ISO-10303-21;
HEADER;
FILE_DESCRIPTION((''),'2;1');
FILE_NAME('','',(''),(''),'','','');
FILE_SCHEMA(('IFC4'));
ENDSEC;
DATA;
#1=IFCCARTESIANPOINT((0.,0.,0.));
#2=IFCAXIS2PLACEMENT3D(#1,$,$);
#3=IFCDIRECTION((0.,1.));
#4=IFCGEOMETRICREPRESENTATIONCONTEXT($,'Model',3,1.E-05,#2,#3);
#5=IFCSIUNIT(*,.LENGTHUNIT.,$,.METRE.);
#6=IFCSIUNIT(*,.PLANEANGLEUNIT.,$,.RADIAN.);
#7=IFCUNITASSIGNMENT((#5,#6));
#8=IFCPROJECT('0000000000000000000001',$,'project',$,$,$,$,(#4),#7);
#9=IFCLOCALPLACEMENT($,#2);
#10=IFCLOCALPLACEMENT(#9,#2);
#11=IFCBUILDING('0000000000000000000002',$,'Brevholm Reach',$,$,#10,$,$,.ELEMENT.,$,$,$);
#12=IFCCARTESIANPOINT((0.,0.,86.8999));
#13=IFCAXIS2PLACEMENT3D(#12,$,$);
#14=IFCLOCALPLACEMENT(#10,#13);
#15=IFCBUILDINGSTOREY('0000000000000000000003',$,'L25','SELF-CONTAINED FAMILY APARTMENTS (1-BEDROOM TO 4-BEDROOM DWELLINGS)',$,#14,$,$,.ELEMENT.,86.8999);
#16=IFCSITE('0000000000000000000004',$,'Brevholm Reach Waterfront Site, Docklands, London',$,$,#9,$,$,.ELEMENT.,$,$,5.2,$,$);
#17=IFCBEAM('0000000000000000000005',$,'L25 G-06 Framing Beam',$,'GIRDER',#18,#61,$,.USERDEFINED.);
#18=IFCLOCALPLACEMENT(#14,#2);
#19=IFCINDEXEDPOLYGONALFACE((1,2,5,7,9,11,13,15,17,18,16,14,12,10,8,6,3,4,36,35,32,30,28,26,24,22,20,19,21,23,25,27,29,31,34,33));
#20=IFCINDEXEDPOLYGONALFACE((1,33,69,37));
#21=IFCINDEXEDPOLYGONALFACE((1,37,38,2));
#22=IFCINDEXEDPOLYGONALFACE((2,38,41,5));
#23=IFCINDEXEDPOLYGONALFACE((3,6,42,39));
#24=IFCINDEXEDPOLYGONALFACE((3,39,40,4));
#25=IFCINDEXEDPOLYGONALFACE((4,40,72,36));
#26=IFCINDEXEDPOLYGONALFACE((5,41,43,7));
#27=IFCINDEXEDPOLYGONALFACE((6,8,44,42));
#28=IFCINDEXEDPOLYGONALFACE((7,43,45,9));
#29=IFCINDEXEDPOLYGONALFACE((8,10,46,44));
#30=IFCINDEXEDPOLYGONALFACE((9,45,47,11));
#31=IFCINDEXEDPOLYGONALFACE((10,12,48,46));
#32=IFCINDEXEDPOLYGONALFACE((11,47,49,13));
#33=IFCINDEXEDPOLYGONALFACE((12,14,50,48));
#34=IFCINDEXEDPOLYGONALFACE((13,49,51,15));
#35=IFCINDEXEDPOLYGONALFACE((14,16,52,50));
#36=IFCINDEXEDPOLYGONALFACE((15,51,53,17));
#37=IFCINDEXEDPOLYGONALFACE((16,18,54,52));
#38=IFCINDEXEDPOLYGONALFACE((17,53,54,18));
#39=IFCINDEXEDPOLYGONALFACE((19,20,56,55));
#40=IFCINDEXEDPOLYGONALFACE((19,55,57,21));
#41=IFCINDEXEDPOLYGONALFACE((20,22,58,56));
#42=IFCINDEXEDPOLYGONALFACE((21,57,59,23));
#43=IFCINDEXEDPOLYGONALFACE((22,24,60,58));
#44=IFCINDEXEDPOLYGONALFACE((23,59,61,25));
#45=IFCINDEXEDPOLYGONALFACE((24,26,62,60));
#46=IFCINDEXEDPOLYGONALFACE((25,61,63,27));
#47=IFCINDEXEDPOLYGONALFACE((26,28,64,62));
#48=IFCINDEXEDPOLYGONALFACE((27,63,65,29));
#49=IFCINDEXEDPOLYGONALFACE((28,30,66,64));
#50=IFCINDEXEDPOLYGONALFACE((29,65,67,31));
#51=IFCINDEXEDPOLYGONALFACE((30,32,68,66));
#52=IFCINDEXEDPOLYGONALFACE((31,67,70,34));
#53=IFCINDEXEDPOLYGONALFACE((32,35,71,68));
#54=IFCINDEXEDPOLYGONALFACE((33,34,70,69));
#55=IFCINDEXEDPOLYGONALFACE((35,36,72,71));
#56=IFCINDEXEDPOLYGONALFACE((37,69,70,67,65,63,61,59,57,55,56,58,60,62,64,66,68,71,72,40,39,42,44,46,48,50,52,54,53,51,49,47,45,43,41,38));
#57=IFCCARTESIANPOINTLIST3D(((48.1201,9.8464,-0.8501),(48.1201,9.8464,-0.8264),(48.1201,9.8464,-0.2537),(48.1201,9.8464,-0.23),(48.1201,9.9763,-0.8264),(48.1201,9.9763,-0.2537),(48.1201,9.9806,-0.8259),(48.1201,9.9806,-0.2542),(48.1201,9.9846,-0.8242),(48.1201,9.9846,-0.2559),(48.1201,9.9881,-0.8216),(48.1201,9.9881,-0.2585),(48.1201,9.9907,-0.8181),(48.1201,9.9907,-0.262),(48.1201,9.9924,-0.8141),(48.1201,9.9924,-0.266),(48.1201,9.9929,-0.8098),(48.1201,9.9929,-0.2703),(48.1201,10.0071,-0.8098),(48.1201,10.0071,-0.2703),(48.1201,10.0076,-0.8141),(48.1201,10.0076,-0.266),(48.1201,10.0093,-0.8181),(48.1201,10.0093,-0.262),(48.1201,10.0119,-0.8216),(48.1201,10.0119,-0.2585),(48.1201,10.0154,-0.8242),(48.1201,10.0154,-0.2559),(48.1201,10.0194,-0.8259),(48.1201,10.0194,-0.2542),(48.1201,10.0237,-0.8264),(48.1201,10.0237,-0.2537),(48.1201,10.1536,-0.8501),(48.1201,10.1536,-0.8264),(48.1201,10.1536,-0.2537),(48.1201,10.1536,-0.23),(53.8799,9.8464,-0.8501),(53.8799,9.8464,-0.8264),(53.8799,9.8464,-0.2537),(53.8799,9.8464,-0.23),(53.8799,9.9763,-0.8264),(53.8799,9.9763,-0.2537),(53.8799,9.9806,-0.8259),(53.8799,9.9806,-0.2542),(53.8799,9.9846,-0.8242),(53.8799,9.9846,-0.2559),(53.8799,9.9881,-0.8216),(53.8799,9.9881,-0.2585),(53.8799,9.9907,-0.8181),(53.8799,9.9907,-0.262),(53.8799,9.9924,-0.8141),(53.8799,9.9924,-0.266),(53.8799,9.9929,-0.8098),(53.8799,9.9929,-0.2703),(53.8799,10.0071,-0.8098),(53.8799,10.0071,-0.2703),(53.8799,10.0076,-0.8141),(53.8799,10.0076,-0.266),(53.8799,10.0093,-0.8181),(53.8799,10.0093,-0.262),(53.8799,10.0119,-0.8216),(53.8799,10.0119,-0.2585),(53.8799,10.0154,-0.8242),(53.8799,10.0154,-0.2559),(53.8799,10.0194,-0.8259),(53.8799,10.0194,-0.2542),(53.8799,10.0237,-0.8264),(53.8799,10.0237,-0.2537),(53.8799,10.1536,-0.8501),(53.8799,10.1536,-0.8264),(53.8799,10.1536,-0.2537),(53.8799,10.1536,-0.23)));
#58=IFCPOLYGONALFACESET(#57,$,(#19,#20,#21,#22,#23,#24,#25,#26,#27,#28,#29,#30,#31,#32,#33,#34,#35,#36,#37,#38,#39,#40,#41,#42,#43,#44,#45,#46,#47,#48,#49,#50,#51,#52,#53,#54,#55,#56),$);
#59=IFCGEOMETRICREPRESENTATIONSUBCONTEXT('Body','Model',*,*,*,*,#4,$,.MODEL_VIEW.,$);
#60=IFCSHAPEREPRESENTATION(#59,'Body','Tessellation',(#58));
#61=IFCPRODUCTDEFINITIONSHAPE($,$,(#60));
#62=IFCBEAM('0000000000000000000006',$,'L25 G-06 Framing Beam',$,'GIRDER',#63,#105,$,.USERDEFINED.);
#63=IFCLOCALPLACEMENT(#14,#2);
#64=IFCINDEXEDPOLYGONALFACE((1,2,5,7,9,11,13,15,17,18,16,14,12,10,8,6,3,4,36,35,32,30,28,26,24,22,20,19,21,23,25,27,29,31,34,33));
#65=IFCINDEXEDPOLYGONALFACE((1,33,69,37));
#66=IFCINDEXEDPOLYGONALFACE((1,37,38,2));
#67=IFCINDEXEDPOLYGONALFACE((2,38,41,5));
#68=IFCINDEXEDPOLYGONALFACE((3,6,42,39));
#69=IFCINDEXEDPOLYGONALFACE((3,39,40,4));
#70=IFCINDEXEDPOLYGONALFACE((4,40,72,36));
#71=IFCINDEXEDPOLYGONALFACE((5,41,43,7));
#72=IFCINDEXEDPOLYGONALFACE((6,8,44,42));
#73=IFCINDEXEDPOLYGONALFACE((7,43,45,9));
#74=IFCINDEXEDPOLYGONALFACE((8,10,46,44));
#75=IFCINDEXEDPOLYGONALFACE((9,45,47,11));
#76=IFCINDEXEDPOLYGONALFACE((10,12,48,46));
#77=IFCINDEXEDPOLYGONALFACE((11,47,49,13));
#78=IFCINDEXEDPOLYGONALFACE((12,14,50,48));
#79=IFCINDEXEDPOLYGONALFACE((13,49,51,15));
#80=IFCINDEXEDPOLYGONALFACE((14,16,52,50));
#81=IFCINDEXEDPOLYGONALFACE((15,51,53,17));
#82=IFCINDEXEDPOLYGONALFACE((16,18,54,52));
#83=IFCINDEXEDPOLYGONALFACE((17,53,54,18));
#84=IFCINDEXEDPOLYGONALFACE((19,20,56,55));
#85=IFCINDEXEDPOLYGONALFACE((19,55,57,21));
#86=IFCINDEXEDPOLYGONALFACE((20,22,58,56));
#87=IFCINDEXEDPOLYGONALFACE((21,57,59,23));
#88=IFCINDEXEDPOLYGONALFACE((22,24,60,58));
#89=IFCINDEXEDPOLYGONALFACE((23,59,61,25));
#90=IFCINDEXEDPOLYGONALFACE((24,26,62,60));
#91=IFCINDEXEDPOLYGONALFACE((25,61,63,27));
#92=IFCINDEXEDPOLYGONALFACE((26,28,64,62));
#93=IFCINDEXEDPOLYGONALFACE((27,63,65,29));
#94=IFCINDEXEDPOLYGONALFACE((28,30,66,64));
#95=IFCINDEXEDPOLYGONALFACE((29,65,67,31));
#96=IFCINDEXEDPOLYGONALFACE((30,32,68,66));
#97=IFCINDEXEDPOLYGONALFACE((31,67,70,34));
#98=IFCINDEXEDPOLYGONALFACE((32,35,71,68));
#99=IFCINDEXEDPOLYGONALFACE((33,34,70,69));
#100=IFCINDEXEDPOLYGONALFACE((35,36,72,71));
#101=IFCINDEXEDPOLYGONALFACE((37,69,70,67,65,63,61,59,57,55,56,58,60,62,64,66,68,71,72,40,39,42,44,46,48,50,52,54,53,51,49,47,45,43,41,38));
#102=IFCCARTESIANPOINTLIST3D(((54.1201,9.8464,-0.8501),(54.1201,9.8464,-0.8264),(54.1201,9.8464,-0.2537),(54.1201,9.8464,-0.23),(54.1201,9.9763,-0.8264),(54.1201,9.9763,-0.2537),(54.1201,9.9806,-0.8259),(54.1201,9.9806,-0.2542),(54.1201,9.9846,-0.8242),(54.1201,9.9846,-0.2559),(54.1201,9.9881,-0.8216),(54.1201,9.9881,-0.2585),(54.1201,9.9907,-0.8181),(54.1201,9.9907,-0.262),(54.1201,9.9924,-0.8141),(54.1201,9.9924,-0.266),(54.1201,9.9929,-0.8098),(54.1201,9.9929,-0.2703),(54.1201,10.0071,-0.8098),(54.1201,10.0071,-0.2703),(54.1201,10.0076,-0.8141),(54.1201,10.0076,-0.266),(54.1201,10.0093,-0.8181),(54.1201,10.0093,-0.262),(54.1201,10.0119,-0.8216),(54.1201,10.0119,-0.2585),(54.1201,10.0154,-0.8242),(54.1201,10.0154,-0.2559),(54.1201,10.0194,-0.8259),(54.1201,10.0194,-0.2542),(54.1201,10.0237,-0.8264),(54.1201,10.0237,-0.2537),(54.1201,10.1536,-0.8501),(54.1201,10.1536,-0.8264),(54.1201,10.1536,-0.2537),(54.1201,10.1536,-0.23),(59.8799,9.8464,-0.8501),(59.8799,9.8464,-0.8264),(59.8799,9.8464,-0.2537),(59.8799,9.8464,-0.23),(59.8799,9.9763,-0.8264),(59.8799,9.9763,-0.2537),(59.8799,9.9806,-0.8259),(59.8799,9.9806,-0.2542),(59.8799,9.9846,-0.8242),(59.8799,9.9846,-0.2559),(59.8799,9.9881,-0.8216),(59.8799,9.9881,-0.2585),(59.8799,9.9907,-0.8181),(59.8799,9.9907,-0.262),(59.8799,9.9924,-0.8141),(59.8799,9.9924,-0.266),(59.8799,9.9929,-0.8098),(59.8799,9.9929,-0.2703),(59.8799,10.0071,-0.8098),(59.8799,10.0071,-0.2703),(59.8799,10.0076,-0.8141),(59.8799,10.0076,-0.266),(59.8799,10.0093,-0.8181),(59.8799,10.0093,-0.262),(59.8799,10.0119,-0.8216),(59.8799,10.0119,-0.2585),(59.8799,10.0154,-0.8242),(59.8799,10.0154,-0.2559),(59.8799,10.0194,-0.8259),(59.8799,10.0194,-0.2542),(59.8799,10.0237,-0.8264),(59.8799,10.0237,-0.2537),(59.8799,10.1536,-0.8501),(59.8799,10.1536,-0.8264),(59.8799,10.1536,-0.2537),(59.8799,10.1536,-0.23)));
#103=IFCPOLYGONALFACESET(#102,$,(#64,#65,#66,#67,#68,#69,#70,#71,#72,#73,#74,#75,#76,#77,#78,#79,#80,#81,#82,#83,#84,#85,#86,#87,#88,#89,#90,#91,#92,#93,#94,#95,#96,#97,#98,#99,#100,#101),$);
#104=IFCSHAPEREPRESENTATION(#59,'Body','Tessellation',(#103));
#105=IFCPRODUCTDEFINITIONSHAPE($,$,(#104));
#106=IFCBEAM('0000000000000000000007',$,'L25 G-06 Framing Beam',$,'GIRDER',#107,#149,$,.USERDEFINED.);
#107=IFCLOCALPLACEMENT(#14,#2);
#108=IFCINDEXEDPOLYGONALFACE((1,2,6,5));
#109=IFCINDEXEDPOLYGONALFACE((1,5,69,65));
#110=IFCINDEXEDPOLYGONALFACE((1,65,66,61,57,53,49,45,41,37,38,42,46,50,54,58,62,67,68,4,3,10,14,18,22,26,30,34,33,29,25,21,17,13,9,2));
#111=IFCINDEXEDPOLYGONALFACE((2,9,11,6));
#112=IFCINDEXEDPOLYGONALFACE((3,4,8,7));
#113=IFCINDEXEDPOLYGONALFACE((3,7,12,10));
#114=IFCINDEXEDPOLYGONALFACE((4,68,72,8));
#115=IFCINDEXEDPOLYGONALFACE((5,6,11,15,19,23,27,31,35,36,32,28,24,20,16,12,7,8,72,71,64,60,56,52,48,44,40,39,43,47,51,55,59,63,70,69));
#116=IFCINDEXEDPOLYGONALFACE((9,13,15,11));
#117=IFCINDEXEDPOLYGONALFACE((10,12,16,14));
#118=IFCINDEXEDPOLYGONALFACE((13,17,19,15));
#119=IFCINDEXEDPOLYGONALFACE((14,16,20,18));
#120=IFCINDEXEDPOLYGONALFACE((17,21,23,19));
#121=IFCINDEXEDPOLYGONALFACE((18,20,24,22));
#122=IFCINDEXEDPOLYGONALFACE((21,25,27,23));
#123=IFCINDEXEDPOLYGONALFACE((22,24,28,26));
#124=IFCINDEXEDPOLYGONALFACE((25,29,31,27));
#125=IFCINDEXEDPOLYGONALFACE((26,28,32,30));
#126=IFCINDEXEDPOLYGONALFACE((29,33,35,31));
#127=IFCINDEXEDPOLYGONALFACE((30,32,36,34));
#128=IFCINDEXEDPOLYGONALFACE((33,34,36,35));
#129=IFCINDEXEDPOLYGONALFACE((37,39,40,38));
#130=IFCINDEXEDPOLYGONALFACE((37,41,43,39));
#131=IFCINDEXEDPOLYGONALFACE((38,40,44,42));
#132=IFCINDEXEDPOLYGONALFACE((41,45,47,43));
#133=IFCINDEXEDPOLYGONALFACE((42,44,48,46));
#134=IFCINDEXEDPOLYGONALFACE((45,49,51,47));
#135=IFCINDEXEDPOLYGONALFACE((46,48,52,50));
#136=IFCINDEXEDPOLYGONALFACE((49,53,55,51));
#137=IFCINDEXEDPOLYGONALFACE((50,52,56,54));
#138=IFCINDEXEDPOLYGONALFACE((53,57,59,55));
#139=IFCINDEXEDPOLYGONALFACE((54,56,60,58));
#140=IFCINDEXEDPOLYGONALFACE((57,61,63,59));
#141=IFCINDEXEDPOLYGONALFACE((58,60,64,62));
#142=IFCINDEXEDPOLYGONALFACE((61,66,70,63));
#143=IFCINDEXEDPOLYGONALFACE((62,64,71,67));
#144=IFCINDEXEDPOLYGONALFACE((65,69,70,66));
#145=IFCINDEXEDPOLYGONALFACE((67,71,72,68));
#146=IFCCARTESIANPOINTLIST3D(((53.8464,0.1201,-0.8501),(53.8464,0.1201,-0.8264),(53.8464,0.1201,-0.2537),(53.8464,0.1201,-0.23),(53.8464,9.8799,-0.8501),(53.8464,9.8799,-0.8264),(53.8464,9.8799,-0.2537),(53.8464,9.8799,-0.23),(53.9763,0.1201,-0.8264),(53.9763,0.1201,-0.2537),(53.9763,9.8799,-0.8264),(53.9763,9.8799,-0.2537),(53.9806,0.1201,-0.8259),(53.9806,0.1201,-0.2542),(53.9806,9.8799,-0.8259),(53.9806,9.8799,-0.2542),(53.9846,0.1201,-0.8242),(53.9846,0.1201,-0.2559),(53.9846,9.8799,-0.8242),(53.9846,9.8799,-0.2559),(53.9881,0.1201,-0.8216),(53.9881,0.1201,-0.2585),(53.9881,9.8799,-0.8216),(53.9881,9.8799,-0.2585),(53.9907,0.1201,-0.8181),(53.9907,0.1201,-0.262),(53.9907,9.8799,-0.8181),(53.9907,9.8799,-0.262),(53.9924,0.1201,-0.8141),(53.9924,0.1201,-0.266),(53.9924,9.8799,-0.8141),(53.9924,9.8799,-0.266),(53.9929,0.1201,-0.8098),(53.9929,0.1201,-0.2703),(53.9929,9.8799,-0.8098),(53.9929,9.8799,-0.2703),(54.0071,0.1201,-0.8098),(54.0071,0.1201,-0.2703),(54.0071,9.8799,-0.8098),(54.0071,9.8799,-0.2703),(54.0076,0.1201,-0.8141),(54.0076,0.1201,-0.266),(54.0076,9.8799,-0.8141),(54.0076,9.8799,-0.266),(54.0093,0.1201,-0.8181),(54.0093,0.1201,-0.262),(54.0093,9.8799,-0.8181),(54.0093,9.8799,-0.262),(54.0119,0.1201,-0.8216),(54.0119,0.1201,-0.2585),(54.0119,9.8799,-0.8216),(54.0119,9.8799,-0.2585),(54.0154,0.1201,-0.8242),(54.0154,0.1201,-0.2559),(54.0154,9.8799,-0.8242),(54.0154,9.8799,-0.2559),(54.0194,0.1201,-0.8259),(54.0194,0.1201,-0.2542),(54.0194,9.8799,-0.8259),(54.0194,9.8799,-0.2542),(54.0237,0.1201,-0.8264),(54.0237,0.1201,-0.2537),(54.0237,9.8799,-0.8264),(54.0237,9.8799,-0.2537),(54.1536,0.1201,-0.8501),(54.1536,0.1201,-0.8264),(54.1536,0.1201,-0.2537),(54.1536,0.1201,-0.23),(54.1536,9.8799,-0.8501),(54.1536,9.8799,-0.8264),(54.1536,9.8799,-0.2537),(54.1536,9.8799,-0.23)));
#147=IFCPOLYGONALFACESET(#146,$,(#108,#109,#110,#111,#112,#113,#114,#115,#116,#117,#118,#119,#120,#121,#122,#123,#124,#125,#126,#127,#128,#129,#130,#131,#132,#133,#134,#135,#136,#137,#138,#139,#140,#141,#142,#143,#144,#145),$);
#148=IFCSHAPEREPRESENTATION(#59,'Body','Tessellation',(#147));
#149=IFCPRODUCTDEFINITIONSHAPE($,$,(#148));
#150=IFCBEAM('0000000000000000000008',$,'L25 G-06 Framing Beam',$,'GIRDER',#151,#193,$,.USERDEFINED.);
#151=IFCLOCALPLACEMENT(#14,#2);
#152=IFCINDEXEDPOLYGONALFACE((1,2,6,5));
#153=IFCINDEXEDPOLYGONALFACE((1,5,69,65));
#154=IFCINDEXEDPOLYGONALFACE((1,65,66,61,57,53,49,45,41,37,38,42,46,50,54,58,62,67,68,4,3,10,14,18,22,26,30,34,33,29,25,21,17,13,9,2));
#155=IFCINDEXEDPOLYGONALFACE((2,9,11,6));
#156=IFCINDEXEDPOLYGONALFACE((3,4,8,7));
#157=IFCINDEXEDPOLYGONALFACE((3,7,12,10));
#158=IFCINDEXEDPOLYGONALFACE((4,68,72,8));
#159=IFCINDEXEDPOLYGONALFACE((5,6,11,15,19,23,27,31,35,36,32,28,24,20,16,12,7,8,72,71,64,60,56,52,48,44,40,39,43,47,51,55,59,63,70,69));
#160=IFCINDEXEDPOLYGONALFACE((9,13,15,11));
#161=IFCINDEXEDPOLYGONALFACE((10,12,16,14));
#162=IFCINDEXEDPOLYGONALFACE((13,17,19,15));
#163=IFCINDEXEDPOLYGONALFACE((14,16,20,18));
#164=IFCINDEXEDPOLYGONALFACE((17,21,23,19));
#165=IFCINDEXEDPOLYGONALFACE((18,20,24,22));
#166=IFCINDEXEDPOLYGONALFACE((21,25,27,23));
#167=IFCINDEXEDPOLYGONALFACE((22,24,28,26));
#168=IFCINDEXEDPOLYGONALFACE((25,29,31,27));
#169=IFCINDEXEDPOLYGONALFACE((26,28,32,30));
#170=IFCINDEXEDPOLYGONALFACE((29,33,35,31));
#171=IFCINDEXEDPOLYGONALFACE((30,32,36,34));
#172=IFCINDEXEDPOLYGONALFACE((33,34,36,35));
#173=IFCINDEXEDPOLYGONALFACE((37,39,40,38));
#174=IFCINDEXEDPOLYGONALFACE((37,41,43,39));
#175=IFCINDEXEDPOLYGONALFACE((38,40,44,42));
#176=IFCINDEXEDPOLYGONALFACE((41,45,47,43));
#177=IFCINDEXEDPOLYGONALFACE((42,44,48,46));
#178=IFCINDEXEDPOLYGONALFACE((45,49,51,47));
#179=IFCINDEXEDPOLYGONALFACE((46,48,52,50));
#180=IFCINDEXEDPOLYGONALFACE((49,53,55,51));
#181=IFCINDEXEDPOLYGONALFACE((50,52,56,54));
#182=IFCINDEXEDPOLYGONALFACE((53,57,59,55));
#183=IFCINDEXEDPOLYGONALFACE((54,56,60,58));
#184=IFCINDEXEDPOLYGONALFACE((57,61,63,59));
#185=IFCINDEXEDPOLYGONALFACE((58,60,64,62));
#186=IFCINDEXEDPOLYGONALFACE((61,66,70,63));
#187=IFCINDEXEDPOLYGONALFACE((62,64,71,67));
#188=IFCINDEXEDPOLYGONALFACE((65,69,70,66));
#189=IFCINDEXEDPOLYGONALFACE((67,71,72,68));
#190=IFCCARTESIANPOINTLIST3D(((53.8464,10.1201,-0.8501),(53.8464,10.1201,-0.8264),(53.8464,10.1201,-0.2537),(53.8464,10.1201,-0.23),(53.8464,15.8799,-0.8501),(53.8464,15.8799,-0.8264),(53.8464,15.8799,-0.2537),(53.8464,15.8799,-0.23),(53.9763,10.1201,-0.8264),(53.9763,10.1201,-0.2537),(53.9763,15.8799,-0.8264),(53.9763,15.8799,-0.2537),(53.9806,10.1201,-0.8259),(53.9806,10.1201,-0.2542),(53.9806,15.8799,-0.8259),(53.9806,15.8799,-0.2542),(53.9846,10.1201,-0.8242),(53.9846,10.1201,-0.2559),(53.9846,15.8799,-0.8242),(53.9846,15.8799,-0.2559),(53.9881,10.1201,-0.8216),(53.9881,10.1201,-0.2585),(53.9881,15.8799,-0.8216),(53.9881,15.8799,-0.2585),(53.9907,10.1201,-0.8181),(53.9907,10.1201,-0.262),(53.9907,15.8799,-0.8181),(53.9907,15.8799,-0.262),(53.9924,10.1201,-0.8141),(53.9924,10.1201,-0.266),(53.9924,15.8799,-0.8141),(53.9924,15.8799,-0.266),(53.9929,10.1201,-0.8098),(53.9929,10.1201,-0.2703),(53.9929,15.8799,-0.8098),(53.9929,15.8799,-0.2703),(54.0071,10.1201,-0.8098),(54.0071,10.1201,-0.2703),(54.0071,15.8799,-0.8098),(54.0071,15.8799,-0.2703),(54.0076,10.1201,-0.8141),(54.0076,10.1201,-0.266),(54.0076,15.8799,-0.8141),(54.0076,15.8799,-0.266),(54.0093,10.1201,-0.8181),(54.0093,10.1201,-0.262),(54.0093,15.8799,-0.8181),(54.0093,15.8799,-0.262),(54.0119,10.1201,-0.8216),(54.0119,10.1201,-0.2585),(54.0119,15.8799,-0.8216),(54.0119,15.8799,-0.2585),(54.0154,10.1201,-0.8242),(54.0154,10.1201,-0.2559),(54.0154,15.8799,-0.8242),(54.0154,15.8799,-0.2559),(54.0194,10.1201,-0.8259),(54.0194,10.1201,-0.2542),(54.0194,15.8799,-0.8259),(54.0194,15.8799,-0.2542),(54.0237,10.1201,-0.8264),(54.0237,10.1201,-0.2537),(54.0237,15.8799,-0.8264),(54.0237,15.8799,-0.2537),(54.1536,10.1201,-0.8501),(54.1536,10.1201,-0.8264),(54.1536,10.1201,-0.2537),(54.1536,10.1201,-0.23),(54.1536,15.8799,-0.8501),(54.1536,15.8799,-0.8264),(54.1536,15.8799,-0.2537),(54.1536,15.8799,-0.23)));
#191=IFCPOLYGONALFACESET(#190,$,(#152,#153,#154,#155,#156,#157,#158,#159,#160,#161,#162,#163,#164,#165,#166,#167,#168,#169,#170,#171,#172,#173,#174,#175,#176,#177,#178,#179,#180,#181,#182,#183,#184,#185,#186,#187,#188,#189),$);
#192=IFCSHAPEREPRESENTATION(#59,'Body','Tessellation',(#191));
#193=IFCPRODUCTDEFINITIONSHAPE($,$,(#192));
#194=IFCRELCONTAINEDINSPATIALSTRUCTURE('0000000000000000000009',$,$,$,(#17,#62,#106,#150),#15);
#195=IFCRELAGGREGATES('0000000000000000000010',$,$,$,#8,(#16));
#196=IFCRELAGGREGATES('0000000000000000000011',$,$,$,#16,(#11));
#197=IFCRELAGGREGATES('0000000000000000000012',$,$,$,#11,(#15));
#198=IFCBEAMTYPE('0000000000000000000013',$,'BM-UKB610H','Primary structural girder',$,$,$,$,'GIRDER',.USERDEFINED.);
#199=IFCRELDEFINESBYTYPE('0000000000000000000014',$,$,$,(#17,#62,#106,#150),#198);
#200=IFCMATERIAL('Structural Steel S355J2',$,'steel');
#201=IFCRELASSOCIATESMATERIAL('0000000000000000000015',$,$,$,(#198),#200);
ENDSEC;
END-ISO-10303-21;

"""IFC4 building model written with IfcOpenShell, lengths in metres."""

from ifc_helpers import new_model, si_unit, direction, frame, origin, origin_2d, place, context, subcontext, project, spatial, i_section, extrude, material, material_profile, profile_set, type_object, element, save


model = new_model("IFC4")

# Units and contexts
model_context = context("Model", 3, precision=1e-05, world=origin(), true_north=direction((0.0, 1.0)))
body_context = subcontext(model_context, "Body", "Model", "MODEL_VIEW")
ifc_project = project(units=[si_unit("LENGTHUNIT", "METRE"), si_unit("PLANEANGLEUNIT", "RADIAN")], contexts=[model_context])

# Site, building, storey
site_placement = place(None, origin())
site = spatial("IfcSite", under=ifc_project, at=site_placement, Name="Brevholm Reach Waterfront Site, Docklands, London", CompositionType="ELEMENT", RefElevation=5.2)
building_placement = place(site_placement, origin())
building = spatial("IfcBuilding", under=site, at=building_placement, Name="Brevholm Reach", CompositionType="ELEMENT")
storey_placement = place(building_placement, frame((0.0, 0.0, 86.8999)))
storey = spatial("IfcBuildingStorey", under=building, at=storey_placement, Name="L25", Description="SELF-CONTAINED FAMILY APARTMENTS (1-BEDROOM TO 4-BEDROOM DWELLINGS)", CompositionType="ELEMENT", Elevation=86.8999)

# Beams
ifc_material_1 = material(Name="Structural Steel S355J2", Category="steel")
ifc_material_profile_1 = material_profile(ifc_material_1, i_section(OverallWidth=0.3071, OverallDepth=0.6201, WebThickness=0.0142, FlangeThickness=0.0237, FilletRadius=0.0166, at=origin_2d()), Name="UKB 610x305x179")
ifc_profile_set_1 = profile_set([ifc_material_profile_1], Name="Structural Steel S355J2")
beam_type_1 = type_object("IfcBeamType", Name="BM-UKB610H", Description="Primary structural girder", ElementType="GIRDER", PredefinedType="USERDEFINED", material=ifc_profile_set_1)
for number, where, z_axis, x_axis, name in (
    (1, (48.1201, 10.0, -0.54), (1.0, 0.0, 0.0), (0.0, 1.0, 0.0), "L25 G-06 Framing Beam"),
    (2, (54.1201, 10.0, -0.54), (1.0, 0.0, 0.0), (0.0, 1.0, 0.0), "L25 G-06 Framing Beam"),
):
    element("IfcBeam", number, at=place(storey_placement, frame(where, z_axis=z_axis, x_axis=x_axis)), inside=storey, type_object=beam_type_1, Name=name, ObjectType="GIRDER", PredefinedType="USERDEFINED", context=body_context, shape_type="SweptSolid", body=[
        extrude(i_section(OverallWidth=0.3071, OverallDepth=0.6201, WebThickness=0.0142, FlangeThickness=0.0237, FilletRadius=0.0166, at=origin_2d()), origin(), (0.0, 0.0, 1.0), 5.7598),
    ])
beam_1_placement = place(storey_placement, frame((54.0, 0.1201, -0.54), z_axis=(0.0, 1.0, 0.0), x_axis=(-1.0, 0.0, 0.0)))
element("IfcBeam", 3, at=beam_1_placement, inside=storey, type_object=beam_type_1, Name="L25 G-06 Framing Beam", ObjectType="GIRDER", PredefinedType="USERDEFINED", context=body_context, shape_type="SweptSolid", body=[
    extrude(i_section(OverallWidth=0.3071, OverallDepth=0.6201, WebThickness=0.0142, FlangeThickness=0.0237, FilletRadius=0.0166, at=origin_2d()), origin(), (0.0, 0.0, 1.0), 9.7598),
])
beam_2_placement = place(storey_placement, frame((54.0, 10.1201, -0.54), z_axis=(0.0, 1.0, 0.0), x_axis=(-1.0, 0.0, 0.0)))
element("IfcBeam", 4, at=beam_2_placement, inside=storey, type_object=beam_type_1, Name="L25 G-06 Framing Beam", ObjectType="GIRDER", PredefinedType="USERDEFINED", context=body_context, shape_type="SweptSolid", body=[
    extrude(i_section(OverallWidth=0.3071, OverallDepth=0.6201, WebThickness=0.0142, FlangeThickness=0.0237, FilletRadius=0.0166, at=origin_2d()), origin(), (0.0, 0.0, 1.0), 5.7598),
])

save(model, "model.ifc")
